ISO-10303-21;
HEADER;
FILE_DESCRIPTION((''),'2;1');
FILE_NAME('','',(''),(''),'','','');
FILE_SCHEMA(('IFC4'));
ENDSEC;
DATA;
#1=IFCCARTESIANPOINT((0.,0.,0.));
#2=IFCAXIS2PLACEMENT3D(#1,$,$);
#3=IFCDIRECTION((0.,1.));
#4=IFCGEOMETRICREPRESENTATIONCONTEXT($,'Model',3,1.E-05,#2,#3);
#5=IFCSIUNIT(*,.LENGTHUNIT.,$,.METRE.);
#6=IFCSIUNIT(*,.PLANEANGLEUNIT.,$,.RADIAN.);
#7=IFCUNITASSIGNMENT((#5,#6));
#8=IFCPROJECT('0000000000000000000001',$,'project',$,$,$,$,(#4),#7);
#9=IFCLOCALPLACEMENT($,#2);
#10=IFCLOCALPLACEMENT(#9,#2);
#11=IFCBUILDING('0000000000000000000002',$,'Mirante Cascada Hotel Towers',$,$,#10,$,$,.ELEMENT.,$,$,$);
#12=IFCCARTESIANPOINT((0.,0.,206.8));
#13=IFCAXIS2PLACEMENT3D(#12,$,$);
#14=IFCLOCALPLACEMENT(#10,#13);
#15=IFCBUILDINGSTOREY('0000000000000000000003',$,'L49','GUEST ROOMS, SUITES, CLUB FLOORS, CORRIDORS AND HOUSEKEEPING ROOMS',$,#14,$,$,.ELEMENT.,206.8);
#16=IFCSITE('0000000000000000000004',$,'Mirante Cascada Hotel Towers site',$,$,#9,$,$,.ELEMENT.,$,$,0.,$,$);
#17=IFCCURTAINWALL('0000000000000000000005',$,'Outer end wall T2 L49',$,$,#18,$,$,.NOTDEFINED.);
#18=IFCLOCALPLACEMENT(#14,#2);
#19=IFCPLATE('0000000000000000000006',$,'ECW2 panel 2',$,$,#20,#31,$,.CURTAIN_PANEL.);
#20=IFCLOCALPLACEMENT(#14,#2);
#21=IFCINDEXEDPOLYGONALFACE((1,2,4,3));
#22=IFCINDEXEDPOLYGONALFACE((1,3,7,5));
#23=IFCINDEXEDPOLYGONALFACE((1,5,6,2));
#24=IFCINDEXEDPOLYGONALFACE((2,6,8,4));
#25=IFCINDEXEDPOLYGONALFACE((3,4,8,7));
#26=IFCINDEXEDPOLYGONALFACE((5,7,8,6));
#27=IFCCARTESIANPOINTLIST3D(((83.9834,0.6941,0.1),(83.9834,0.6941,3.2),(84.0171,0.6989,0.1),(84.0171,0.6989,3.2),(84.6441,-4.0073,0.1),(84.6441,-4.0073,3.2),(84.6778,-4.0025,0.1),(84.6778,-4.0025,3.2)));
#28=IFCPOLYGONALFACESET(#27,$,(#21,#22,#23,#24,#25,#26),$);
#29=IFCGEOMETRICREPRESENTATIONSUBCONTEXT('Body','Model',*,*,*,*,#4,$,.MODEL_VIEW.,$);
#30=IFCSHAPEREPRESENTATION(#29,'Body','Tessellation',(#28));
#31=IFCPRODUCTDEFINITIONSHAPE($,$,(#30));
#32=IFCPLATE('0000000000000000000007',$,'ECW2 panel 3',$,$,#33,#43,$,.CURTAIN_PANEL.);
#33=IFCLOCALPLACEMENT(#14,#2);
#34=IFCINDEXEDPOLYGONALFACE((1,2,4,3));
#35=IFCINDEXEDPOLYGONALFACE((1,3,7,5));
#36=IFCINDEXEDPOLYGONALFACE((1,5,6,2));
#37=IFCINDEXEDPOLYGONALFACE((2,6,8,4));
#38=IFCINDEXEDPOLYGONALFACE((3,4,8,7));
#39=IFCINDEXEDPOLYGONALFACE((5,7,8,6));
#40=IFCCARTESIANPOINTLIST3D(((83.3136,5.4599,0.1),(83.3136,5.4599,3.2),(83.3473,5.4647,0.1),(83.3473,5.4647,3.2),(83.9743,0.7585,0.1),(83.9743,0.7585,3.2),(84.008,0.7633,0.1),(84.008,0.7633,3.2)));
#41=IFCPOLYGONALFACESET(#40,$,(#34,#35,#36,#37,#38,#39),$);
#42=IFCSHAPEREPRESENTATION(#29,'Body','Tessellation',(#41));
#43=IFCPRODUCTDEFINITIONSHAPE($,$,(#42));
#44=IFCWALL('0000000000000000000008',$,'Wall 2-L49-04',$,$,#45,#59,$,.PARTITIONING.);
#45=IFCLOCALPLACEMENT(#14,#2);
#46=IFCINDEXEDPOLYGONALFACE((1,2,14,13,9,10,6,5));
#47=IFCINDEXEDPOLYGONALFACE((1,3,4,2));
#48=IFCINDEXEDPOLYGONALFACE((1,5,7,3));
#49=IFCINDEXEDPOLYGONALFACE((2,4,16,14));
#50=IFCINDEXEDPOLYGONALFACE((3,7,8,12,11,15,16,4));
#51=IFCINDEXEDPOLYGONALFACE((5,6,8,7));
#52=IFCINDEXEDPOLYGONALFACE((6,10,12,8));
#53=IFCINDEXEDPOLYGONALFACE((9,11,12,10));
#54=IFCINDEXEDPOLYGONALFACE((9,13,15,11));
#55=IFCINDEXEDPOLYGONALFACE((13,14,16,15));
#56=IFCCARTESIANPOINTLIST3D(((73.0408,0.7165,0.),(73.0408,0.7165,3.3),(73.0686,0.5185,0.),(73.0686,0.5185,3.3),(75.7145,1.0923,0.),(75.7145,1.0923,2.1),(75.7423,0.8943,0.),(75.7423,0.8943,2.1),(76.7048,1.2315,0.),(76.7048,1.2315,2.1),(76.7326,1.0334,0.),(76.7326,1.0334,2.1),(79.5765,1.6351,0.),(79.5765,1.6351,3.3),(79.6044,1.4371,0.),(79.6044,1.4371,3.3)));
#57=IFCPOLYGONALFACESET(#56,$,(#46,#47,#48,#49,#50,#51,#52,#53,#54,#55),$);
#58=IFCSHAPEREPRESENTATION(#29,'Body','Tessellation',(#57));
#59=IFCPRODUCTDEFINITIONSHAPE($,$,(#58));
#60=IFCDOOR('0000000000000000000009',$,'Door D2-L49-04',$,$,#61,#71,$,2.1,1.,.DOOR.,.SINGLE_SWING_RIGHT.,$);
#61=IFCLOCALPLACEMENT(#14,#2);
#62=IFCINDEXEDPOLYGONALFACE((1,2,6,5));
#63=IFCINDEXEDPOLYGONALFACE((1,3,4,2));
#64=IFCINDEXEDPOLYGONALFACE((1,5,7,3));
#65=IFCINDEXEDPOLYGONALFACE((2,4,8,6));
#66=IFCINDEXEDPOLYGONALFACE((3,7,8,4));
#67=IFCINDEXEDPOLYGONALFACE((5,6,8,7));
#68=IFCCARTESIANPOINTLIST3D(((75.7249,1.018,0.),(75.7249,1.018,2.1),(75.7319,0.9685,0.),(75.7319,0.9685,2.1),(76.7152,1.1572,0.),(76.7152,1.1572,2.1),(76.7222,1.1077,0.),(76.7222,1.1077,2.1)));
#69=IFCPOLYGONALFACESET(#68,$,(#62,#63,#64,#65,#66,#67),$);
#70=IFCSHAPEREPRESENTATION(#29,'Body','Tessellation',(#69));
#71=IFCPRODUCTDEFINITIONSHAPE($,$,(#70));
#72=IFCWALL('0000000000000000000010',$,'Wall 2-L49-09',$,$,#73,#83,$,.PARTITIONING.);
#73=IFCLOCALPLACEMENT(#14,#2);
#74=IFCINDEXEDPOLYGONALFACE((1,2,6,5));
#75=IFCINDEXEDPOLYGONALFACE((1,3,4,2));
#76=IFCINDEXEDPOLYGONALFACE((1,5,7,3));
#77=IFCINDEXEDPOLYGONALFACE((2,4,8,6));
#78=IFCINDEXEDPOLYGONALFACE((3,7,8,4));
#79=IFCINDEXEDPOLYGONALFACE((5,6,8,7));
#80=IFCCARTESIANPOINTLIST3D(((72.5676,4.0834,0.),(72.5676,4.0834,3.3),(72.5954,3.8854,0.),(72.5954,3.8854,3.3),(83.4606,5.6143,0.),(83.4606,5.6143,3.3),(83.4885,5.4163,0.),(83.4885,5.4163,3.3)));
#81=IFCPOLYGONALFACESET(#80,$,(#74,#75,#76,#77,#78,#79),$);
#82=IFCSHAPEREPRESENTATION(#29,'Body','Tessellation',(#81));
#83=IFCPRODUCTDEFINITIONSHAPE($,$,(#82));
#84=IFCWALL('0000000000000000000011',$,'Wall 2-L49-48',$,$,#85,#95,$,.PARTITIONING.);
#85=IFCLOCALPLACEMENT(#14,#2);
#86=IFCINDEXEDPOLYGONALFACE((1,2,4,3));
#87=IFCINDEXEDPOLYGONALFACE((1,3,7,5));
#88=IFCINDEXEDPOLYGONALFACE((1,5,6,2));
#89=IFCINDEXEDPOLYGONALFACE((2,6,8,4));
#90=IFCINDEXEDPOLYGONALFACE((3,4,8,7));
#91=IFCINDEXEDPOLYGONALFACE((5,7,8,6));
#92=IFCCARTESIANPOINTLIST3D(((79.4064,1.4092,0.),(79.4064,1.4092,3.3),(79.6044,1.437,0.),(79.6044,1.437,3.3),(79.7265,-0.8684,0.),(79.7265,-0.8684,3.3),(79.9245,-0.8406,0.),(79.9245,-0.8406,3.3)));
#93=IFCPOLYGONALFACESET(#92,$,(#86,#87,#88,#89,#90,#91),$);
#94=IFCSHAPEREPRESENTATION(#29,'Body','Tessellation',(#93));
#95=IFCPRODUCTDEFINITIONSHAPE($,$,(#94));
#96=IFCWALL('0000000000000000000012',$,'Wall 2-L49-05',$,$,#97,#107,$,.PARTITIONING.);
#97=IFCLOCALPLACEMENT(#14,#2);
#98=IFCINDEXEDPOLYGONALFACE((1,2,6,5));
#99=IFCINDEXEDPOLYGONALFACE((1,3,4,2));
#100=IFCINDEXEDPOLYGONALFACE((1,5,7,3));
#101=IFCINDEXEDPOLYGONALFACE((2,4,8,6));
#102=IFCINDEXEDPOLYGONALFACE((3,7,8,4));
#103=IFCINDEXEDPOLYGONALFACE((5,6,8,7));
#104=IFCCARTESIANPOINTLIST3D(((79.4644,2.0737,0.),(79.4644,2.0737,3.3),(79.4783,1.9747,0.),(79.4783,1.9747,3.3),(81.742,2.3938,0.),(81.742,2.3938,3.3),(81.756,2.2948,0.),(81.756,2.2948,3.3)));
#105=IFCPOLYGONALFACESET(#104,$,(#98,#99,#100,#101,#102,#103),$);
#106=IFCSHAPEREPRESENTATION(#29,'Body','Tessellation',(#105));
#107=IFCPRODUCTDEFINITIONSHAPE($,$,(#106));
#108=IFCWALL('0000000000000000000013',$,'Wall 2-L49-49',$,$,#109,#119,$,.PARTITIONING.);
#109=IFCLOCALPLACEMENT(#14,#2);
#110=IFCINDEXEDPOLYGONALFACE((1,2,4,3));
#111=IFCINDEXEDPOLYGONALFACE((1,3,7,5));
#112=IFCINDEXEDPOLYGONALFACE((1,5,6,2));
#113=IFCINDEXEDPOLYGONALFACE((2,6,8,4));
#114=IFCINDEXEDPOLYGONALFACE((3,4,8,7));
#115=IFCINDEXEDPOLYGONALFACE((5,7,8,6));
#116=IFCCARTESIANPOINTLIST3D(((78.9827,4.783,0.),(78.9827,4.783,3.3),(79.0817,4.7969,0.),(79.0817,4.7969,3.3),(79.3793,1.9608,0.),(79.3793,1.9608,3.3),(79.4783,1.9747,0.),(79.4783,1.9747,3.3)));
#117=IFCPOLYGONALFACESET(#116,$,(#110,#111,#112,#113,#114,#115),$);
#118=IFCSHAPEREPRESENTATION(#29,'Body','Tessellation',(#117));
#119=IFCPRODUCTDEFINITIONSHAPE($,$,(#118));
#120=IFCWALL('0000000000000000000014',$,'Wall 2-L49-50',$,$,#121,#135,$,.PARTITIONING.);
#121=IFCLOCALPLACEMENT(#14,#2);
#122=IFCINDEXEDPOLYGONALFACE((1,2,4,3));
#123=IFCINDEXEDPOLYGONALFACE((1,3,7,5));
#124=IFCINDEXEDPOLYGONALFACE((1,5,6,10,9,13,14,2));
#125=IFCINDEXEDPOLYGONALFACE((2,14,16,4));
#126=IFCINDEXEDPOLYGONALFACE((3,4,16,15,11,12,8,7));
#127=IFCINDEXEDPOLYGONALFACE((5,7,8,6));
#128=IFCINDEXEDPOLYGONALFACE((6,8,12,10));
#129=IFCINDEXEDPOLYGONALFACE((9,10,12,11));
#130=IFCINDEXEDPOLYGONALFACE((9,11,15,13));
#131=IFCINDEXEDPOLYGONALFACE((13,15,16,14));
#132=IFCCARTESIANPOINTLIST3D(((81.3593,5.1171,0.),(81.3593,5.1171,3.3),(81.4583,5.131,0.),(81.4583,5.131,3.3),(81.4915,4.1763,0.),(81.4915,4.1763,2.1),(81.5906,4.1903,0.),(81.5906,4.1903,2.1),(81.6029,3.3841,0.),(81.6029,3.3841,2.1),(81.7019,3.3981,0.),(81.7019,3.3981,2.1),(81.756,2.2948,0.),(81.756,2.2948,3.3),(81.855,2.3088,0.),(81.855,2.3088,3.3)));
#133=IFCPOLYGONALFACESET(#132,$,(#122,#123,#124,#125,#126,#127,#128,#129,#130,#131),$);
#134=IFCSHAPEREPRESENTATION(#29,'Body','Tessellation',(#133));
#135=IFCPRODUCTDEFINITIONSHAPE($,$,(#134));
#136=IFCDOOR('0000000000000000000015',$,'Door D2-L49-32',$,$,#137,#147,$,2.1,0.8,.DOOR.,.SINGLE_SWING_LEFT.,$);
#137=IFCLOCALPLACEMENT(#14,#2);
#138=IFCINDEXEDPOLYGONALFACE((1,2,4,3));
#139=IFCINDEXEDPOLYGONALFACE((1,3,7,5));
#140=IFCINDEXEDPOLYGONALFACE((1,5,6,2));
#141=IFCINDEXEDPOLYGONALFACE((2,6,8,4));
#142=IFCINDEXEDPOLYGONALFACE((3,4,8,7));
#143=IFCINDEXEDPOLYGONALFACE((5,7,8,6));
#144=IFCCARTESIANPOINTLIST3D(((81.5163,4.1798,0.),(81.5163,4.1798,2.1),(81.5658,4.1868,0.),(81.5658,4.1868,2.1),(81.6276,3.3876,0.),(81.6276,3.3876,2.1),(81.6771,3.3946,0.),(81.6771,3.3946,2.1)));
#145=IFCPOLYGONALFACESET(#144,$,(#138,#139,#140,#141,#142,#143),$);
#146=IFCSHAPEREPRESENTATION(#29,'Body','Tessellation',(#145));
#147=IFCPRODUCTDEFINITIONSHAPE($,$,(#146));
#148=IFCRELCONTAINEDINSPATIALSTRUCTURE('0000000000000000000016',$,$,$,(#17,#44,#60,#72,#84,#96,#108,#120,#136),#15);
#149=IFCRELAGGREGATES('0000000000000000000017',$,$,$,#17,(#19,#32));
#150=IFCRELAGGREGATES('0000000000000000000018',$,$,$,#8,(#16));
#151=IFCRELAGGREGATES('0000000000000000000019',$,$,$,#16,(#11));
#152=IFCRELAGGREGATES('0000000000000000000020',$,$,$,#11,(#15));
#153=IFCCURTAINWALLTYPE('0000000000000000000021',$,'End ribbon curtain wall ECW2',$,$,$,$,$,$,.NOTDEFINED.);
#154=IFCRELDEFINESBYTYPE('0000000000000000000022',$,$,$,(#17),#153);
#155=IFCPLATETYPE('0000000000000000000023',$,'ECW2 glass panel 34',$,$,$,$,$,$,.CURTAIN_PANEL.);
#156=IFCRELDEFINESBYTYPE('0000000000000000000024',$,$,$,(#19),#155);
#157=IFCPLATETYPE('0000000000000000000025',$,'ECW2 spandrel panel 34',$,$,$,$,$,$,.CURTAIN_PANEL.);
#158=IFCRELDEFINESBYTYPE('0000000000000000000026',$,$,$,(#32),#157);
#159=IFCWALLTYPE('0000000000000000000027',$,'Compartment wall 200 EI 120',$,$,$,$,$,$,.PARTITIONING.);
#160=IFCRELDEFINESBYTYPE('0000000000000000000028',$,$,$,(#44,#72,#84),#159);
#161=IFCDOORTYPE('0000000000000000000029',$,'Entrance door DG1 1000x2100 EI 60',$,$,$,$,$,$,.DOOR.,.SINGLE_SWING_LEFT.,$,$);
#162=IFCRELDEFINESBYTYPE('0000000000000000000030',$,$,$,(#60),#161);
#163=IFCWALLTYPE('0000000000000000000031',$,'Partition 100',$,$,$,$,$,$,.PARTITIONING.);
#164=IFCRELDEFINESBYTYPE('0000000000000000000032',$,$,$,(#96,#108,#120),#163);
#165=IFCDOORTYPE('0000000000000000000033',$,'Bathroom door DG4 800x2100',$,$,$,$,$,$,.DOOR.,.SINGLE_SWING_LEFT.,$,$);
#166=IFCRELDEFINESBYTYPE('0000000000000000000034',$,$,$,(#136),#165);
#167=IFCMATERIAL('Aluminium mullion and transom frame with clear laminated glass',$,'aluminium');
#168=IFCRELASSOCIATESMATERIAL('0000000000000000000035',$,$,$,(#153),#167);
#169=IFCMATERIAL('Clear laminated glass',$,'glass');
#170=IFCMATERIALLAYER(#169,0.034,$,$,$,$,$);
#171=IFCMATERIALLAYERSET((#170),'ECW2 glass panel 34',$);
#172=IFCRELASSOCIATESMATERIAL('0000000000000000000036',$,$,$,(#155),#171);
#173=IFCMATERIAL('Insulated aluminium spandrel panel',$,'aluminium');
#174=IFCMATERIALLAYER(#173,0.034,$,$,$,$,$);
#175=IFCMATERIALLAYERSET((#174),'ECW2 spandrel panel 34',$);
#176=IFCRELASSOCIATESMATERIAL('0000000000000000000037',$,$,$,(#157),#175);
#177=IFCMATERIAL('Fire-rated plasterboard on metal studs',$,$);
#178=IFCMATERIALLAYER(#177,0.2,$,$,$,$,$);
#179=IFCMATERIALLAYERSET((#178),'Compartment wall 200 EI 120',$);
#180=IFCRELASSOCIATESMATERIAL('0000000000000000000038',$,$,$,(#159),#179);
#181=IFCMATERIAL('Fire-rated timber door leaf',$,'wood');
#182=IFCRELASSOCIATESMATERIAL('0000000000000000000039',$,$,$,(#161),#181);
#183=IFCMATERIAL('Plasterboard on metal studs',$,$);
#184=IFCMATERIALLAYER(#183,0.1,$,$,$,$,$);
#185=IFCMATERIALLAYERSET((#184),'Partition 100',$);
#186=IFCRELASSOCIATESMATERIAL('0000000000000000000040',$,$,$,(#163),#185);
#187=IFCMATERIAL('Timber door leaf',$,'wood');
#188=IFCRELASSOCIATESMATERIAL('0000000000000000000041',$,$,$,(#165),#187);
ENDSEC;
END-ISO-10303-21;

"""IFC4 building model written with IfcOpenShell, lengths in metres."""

from ifc_helpers import new_model, si_unit, direction, frame, frame_2d, origin, origin_2d, place, context, subcontext, project, spatial, rectangle, extrude, material, layer, layer_set, type_object, element, fill, aggregate, save


model = new_model("IFC4")

# Units and contexts
model_context = context("Model", 3, precision=1e-05, world=origin(), true_north=direction((0.0, 1.0)))
body_context = subcontext(model_context, "Body", "Model", "MODEL_VIEW")
ifc_project = project(units=[si_unit("LENGTHUNIT", "METRE"), si_unit("PLANEANGLEUNIT", "RADIAN")], contexts=[model_context])

# Site, building, storey
site_placement = place(None, origin())
site = spatial("IfcSite", under=ifc_project, at=site_placement, Name="Mirante Cascada Hotel Towers site", CompositionType="ELEMENT", RefElevation=0.0)
building_placement = place(site_placement, origin())
building = spatial("IfcBuilding", under=site, at=building_placement, Name="Mirante Cascada Hotel Towers", CompositionType="ELEMENT")
storey_placement = place(building_placement, frame((0.0, 0.0, 206.8)))
storey = spatial("IfcBuildingStorey", under=building, at=storey_placement, Name="L49", Description="GUEST ROOMS, SUITES, CLUB FLOORS, CORRIDORS AND HOUSEKEEPING ROOMS", CompositionType="ELEMENT", Elevation=206.8)

# Curtain wall, plates
ifc_material_1 = material(Name="Aluminium mullion and transom frame with clear laminated glass", Category="aluminium")
curtain_wall_type = type_object("IfcCurtainWallType", Name="End ribbon curtain wall ECW2", PredefinedType="NOTDEFINED", material=ifc_material_1)
curtain_wall_placement = place(storey_placement, origin())
curtain_wall = element("IfcCurtainWall", 1, at=curtain_wall_placement, inside=storey, type_object=curtain_wall_type, Name="Outer end wall T2 L49", PredefinedType="NOTDEFINED")
ifc_material_2 = material(Name="Clear laminated glass", Category="glass")
ifc_layer_1 = layer(ifc_material_2, 0.034)
ifc_layer_set_1 = layer_set([ifc_layer_1], Name="ECW2 glass panel 34")
plate_type_1 = type_object("IfcPlateType", Name="ECW2 glass panel 34", PredefinedType="CURTAIN_PANEL", material=ifc_layer_set_1)
plate_1_placement = place(storey_placement, frame((84.3306, -1.6542, 0.1), z_axis=(0.0, 0.0, 1.0), x_axis=(-0.139173, 0.990268, 0.0)))
plate_1 = element("IfcPlate", 2, at=plate_1_placement, type_object=plate_type_1, Name="ECW2 panel 2", PredefinedType="CURTAIN_PANEL", context=body_context, shape_type="SweptSolid", body=[
    extrude(rectangle(XDim=4.7476, YDim=0.034, at=origin_2d()), origin(), (0.0, 0.0, 1.0), 3.1),
])
ifc_material_3 = material(Name="Insulated aluminium spandrel panel", Category="aluminium")
ifc_layer_2 = layer(ifc_material_3, 0.034)
ifc_layer_set_2 = layer_set([ifc_layer_2], Name="ECW2 spandrel panel 34")
plate_type_2 = type_object("IfcPlateType", Name="ECW2 spandrel panel 34", PredefinedType="CURTAIN_PANEL", material=ifc_layer_set_2)
plate_2_placement = place(storey_placement, frame((83.6608, 3.1116, 0.1), z_axis=(0.0, 0.0, 1.0), x_axis=(-0.139173, 0.990268, 0.0)))
plate_2 = element("IfcPlate", 3, at=plate_2_placement, type_object=plate_type_2, Name="ECW2 panel 3", PredefinedType="CURTAIN_PANEL", context=body_context, shape_type="SweptSolid", body=[
    extrude(rectangle(XDim=4.7476, YDim=0.034, at=origin_2d()), origin(), (0.0, 0.0, 1.0), 3.1),
])
aggregate(curtain_wall, [plate_1, plate_2])

# Wall, opening, door
ifc_material_4 = material(Name="Fire-rated plasterboard on metal studs")
ifc_layer_3 = layer(ifc_material_4, 0.2)
ifc_layer_set_3 = layer_set([ifc_layer_3], Name="Compartment wall 200 EI 120")
wall_type_1 = type_object("IfcWallType", Name="Compartment wall 200 EI 120", PredefinedType="PARTITIONING", material=ifc_layer_set_3)
wall_1_placement = place(storey_placement, frame((73.0547, 0.6175, 0.0), z_axis=(0.0, 0.0, 1.0), x_axis=(0.990267, 0.139181, 0.0)))
wall_1 = element("IfcWall", 4, at=wall_1_placement, inside=storey, type_object=wall_type_1, Name="Wall 2-L49-04", PredefinedType="PARTITIONING", context=body_context, shape_type="SweptSolid", body=[
    extrude(rectangle(XDim=6.6, YDim=0.2, at=frame_2d((3.3, 0.0))), origin(), (0.0, 0.0, 1.0), 3.3),
])
opening_1_placement = place(wall_1_placement, frame((2.7, 0.0, 0.0)))
opening_1 = element("IfcOpeningElement", 5, at=opening_1_placement, cuts=wall_1, PredefinedType="OPENING", context=body_context, shape_type="SweptSolid", body=[
    extrude(rectangle(XDim=1.0, YDim=2.1, at=frame_2d((0.5, 1.05))), frame((0.0, 0.1, 0.0), z_axis=(0.0, -1.0, 0.0), x_axis=(1.0, 0.0, 0.0)), (0.0, 0.0, 1.0), 0.2),
])
ifc_material_5 = material(Name="Fire-rated timber door leaf", Category="wood")
door_type_1 = type_object("IfcDoorType", Name="Entrance door DG1 1000x2100 EI 60", OperationType="SINGLE_SWING_LEFT", PredefinedType="DOOR", material=ifc_material_5)
door_1_placement = place(opening_1_placement, frame((1.0, 0.0, 0.0), z_axis=(0.0, 0.0, 1.0), x_axis=(-1.0, 0.0, 0.0)))
door_1 = element("IfcDoor", 6, at=door_1_placement, inside=storey, type_object=door_type_1, Name="Door D2-L49-04", OperationType="SINGLE_SWING_RIGHT", OverallHeight=2.1, OverallWidth=1.0, PredefinedType="DOOR", context=body_context, shape_type="SweptSolid", body=[
    extrude(rectangle(XDim=1.0, YDim=2.1, at=frame_2d((0.5, 1.05))), frame((0.0, 0.025, 0.0), z_axis=(0.0, -1.0, 0.0), x_axis=(1.0, 0.0, 0.0)), (0.0, 0.0, 1.0), 0.05),
])
fill(opening_1, door_1)

# Walls
wall_2_placement = place(storey_placement, frame((83.4745, 5.5153, 0.0), z_axis=(0.0, 0.0, 1.0), x_axis=(-0.990268, -0.139172, 0.0)))
element("IfcWall", 7, at=wall_2_placement, inside=storey, type_object=wall_type_1, Name="Wall 2-L49-09", PredefinedType="PARTITIONING", context=body_context, shape_type="SweptSolid", body=[
    extrude(rectangle(XDim=11.0001, YDim=0.2, at=frame_2d((5.5, 0.0))), origin(), (0.0, 0.0, 1.0), 3.3),
])
wall_3_placement = place(storey_placement, frame((79.8255, -0.8545, 0.0), z_axis=(0.0, 0.0, 1.0), x_axis=(-0.139175, 0.990268, 0.0)))
element("IfcWall", 8, at=wall_3_placement, inside=storey, type_object=wall_type_1, Name="Wall 2-L49-48", PredefinedType="PARTITIONING", context=body_context, shape_type="SweptSolid", body=[
    extrude(rectangle(XDim=2.3, YDim=0.2, at=frame_2d((1.15, 0.0))), origin(), (0.0, 0.0, 1.0), 3.3),
])
ifc_material_6 = material(Name="Plasterboard on metal studs")
ifc_layer_4 = layer(ifc_material_6, 0.1)
ifc_layer_set_4 = layer_set([ifc_layer_4], Name="Partition 100")
wall_type_2 = type_object("IfcWallType", Name="Partition 100", PredefinedType="PARTITIONING", material=ifc_layer_set_4)
wall_4_placement = place(storey_placement, frame((81.749, 2.3443, 0.0), z_axis=(0.0, 0.0, 1.0), x_axis=(-0.990268, -0.139175, 0.0)))
element("IfcWall", 9, at=wall_4_placement, inside=storey, type_object=wall_type_2, Name="Wall 2-L49-05", PredefinedType="PARTITIONING", context=body_context, shape_type="SweptSolid", body=[
    extrude(rectangle(XDim=2.3, YDim=0.1, at=frame_2d((1.15, 0.0))), origin(), (0.0, 0.0, 1.0), 3.3),
])
wall_5_placement = place(storey_placement, frame((79.0322, 4.79, 0.0), z_axis=(0.0, 0.0, 1.0), x_axis=(0.139161, -0.99027, 0.0)))
element("IfcWall", 10, at=wall_5_placement, inside=storey, type_object=wall_type_2, Name="Wall 2-L49-49", PredefinedType="PARTITIONING", context=body_context, shape_type="SweptSolid", body=[
    extrude(rectangle(XDim=2.8499, YDim=0.1, at=frame_2d((1.425, 0.0))), origin(), (0.0, 0.0, 1.0), 3.3),
])

# Wall, opening, door
wall_6_placement = place(storey_placement, frame((81.8055, 2.3018, 0.0), z_axis=(0.0, 0.0, 1.0), x_axis=(-0.139191, 0.990266, 0.0)))
wall_6 = element("IfcWall", 11, at=wall_6_placement, inside=storey, type_object=wall_type_2, Name="Wall 2-L49-50", PredefinedType="PARTITIONING", context=body_context, shape_type="SweptSolid", body=[
    extrude(rectangle(XDim=2.85, YDim=0.1, at=frame_2d((1.425, 0.0))), origin(), (0.0, 0.0, 1.0), 3.3),
])
opening_2_placement = place(wall_6_placement, frame((1.1, 0.0, 0.0)))
opening_2 = element("IfcOpeningElement", 12, at=opening_2_placement, cuts=wall_6, PredefinedType="OPENING", context=body_context, shape_type="SweptSolid", body=[
    extrude(rectangle(XDim=0.8, YDim=2.1, at=frame_2d((0.4, 1.05))), frame((0.0, 0.05, 0.0), z_axis=(0.0, -1.0, 0.0), x_axis=(1.0, 0.0, 0.0)), (0.0, 0.0, 1.0), 0.1),
])
ifc_material_7 = material(Name="Timber door leaf", Category="wood")
door_type_2 = type_object("IfcDoorType", Name="Bathroom door DG4 800x2100", OperationType="SINGLE_SWING_LEFT", PredefinedType="DOOR", material=ifc_material_7)
door_2_placement = place(opening_2_placement, origin())
door_2 = element("IfcDoor", 13, at=door_2_placement, inside=storey, type_object=door_type_2, Name="Door D2-L49-32", OperationType="SINGLE_SWING_LEFT", OverallHeight=2.1, OverallWidth=0.8, PredefinedType="DOOR", context=body_context, shape_type="SweptSolid", body=[
    extrude(rectangle(XDim=0.8, YDim=2.1, at=frame_2d((0.4, 1.05))), frame((0.0, 0.025, 0.0), z_axis=(0.0, -1.0, 0.0), x_axis=(1.0, 0.0, 0.0)), (0.0, 0.0, 1.0), 0.05),
])
fill(opening_2, door_2)

save(model, "model.ifc")
